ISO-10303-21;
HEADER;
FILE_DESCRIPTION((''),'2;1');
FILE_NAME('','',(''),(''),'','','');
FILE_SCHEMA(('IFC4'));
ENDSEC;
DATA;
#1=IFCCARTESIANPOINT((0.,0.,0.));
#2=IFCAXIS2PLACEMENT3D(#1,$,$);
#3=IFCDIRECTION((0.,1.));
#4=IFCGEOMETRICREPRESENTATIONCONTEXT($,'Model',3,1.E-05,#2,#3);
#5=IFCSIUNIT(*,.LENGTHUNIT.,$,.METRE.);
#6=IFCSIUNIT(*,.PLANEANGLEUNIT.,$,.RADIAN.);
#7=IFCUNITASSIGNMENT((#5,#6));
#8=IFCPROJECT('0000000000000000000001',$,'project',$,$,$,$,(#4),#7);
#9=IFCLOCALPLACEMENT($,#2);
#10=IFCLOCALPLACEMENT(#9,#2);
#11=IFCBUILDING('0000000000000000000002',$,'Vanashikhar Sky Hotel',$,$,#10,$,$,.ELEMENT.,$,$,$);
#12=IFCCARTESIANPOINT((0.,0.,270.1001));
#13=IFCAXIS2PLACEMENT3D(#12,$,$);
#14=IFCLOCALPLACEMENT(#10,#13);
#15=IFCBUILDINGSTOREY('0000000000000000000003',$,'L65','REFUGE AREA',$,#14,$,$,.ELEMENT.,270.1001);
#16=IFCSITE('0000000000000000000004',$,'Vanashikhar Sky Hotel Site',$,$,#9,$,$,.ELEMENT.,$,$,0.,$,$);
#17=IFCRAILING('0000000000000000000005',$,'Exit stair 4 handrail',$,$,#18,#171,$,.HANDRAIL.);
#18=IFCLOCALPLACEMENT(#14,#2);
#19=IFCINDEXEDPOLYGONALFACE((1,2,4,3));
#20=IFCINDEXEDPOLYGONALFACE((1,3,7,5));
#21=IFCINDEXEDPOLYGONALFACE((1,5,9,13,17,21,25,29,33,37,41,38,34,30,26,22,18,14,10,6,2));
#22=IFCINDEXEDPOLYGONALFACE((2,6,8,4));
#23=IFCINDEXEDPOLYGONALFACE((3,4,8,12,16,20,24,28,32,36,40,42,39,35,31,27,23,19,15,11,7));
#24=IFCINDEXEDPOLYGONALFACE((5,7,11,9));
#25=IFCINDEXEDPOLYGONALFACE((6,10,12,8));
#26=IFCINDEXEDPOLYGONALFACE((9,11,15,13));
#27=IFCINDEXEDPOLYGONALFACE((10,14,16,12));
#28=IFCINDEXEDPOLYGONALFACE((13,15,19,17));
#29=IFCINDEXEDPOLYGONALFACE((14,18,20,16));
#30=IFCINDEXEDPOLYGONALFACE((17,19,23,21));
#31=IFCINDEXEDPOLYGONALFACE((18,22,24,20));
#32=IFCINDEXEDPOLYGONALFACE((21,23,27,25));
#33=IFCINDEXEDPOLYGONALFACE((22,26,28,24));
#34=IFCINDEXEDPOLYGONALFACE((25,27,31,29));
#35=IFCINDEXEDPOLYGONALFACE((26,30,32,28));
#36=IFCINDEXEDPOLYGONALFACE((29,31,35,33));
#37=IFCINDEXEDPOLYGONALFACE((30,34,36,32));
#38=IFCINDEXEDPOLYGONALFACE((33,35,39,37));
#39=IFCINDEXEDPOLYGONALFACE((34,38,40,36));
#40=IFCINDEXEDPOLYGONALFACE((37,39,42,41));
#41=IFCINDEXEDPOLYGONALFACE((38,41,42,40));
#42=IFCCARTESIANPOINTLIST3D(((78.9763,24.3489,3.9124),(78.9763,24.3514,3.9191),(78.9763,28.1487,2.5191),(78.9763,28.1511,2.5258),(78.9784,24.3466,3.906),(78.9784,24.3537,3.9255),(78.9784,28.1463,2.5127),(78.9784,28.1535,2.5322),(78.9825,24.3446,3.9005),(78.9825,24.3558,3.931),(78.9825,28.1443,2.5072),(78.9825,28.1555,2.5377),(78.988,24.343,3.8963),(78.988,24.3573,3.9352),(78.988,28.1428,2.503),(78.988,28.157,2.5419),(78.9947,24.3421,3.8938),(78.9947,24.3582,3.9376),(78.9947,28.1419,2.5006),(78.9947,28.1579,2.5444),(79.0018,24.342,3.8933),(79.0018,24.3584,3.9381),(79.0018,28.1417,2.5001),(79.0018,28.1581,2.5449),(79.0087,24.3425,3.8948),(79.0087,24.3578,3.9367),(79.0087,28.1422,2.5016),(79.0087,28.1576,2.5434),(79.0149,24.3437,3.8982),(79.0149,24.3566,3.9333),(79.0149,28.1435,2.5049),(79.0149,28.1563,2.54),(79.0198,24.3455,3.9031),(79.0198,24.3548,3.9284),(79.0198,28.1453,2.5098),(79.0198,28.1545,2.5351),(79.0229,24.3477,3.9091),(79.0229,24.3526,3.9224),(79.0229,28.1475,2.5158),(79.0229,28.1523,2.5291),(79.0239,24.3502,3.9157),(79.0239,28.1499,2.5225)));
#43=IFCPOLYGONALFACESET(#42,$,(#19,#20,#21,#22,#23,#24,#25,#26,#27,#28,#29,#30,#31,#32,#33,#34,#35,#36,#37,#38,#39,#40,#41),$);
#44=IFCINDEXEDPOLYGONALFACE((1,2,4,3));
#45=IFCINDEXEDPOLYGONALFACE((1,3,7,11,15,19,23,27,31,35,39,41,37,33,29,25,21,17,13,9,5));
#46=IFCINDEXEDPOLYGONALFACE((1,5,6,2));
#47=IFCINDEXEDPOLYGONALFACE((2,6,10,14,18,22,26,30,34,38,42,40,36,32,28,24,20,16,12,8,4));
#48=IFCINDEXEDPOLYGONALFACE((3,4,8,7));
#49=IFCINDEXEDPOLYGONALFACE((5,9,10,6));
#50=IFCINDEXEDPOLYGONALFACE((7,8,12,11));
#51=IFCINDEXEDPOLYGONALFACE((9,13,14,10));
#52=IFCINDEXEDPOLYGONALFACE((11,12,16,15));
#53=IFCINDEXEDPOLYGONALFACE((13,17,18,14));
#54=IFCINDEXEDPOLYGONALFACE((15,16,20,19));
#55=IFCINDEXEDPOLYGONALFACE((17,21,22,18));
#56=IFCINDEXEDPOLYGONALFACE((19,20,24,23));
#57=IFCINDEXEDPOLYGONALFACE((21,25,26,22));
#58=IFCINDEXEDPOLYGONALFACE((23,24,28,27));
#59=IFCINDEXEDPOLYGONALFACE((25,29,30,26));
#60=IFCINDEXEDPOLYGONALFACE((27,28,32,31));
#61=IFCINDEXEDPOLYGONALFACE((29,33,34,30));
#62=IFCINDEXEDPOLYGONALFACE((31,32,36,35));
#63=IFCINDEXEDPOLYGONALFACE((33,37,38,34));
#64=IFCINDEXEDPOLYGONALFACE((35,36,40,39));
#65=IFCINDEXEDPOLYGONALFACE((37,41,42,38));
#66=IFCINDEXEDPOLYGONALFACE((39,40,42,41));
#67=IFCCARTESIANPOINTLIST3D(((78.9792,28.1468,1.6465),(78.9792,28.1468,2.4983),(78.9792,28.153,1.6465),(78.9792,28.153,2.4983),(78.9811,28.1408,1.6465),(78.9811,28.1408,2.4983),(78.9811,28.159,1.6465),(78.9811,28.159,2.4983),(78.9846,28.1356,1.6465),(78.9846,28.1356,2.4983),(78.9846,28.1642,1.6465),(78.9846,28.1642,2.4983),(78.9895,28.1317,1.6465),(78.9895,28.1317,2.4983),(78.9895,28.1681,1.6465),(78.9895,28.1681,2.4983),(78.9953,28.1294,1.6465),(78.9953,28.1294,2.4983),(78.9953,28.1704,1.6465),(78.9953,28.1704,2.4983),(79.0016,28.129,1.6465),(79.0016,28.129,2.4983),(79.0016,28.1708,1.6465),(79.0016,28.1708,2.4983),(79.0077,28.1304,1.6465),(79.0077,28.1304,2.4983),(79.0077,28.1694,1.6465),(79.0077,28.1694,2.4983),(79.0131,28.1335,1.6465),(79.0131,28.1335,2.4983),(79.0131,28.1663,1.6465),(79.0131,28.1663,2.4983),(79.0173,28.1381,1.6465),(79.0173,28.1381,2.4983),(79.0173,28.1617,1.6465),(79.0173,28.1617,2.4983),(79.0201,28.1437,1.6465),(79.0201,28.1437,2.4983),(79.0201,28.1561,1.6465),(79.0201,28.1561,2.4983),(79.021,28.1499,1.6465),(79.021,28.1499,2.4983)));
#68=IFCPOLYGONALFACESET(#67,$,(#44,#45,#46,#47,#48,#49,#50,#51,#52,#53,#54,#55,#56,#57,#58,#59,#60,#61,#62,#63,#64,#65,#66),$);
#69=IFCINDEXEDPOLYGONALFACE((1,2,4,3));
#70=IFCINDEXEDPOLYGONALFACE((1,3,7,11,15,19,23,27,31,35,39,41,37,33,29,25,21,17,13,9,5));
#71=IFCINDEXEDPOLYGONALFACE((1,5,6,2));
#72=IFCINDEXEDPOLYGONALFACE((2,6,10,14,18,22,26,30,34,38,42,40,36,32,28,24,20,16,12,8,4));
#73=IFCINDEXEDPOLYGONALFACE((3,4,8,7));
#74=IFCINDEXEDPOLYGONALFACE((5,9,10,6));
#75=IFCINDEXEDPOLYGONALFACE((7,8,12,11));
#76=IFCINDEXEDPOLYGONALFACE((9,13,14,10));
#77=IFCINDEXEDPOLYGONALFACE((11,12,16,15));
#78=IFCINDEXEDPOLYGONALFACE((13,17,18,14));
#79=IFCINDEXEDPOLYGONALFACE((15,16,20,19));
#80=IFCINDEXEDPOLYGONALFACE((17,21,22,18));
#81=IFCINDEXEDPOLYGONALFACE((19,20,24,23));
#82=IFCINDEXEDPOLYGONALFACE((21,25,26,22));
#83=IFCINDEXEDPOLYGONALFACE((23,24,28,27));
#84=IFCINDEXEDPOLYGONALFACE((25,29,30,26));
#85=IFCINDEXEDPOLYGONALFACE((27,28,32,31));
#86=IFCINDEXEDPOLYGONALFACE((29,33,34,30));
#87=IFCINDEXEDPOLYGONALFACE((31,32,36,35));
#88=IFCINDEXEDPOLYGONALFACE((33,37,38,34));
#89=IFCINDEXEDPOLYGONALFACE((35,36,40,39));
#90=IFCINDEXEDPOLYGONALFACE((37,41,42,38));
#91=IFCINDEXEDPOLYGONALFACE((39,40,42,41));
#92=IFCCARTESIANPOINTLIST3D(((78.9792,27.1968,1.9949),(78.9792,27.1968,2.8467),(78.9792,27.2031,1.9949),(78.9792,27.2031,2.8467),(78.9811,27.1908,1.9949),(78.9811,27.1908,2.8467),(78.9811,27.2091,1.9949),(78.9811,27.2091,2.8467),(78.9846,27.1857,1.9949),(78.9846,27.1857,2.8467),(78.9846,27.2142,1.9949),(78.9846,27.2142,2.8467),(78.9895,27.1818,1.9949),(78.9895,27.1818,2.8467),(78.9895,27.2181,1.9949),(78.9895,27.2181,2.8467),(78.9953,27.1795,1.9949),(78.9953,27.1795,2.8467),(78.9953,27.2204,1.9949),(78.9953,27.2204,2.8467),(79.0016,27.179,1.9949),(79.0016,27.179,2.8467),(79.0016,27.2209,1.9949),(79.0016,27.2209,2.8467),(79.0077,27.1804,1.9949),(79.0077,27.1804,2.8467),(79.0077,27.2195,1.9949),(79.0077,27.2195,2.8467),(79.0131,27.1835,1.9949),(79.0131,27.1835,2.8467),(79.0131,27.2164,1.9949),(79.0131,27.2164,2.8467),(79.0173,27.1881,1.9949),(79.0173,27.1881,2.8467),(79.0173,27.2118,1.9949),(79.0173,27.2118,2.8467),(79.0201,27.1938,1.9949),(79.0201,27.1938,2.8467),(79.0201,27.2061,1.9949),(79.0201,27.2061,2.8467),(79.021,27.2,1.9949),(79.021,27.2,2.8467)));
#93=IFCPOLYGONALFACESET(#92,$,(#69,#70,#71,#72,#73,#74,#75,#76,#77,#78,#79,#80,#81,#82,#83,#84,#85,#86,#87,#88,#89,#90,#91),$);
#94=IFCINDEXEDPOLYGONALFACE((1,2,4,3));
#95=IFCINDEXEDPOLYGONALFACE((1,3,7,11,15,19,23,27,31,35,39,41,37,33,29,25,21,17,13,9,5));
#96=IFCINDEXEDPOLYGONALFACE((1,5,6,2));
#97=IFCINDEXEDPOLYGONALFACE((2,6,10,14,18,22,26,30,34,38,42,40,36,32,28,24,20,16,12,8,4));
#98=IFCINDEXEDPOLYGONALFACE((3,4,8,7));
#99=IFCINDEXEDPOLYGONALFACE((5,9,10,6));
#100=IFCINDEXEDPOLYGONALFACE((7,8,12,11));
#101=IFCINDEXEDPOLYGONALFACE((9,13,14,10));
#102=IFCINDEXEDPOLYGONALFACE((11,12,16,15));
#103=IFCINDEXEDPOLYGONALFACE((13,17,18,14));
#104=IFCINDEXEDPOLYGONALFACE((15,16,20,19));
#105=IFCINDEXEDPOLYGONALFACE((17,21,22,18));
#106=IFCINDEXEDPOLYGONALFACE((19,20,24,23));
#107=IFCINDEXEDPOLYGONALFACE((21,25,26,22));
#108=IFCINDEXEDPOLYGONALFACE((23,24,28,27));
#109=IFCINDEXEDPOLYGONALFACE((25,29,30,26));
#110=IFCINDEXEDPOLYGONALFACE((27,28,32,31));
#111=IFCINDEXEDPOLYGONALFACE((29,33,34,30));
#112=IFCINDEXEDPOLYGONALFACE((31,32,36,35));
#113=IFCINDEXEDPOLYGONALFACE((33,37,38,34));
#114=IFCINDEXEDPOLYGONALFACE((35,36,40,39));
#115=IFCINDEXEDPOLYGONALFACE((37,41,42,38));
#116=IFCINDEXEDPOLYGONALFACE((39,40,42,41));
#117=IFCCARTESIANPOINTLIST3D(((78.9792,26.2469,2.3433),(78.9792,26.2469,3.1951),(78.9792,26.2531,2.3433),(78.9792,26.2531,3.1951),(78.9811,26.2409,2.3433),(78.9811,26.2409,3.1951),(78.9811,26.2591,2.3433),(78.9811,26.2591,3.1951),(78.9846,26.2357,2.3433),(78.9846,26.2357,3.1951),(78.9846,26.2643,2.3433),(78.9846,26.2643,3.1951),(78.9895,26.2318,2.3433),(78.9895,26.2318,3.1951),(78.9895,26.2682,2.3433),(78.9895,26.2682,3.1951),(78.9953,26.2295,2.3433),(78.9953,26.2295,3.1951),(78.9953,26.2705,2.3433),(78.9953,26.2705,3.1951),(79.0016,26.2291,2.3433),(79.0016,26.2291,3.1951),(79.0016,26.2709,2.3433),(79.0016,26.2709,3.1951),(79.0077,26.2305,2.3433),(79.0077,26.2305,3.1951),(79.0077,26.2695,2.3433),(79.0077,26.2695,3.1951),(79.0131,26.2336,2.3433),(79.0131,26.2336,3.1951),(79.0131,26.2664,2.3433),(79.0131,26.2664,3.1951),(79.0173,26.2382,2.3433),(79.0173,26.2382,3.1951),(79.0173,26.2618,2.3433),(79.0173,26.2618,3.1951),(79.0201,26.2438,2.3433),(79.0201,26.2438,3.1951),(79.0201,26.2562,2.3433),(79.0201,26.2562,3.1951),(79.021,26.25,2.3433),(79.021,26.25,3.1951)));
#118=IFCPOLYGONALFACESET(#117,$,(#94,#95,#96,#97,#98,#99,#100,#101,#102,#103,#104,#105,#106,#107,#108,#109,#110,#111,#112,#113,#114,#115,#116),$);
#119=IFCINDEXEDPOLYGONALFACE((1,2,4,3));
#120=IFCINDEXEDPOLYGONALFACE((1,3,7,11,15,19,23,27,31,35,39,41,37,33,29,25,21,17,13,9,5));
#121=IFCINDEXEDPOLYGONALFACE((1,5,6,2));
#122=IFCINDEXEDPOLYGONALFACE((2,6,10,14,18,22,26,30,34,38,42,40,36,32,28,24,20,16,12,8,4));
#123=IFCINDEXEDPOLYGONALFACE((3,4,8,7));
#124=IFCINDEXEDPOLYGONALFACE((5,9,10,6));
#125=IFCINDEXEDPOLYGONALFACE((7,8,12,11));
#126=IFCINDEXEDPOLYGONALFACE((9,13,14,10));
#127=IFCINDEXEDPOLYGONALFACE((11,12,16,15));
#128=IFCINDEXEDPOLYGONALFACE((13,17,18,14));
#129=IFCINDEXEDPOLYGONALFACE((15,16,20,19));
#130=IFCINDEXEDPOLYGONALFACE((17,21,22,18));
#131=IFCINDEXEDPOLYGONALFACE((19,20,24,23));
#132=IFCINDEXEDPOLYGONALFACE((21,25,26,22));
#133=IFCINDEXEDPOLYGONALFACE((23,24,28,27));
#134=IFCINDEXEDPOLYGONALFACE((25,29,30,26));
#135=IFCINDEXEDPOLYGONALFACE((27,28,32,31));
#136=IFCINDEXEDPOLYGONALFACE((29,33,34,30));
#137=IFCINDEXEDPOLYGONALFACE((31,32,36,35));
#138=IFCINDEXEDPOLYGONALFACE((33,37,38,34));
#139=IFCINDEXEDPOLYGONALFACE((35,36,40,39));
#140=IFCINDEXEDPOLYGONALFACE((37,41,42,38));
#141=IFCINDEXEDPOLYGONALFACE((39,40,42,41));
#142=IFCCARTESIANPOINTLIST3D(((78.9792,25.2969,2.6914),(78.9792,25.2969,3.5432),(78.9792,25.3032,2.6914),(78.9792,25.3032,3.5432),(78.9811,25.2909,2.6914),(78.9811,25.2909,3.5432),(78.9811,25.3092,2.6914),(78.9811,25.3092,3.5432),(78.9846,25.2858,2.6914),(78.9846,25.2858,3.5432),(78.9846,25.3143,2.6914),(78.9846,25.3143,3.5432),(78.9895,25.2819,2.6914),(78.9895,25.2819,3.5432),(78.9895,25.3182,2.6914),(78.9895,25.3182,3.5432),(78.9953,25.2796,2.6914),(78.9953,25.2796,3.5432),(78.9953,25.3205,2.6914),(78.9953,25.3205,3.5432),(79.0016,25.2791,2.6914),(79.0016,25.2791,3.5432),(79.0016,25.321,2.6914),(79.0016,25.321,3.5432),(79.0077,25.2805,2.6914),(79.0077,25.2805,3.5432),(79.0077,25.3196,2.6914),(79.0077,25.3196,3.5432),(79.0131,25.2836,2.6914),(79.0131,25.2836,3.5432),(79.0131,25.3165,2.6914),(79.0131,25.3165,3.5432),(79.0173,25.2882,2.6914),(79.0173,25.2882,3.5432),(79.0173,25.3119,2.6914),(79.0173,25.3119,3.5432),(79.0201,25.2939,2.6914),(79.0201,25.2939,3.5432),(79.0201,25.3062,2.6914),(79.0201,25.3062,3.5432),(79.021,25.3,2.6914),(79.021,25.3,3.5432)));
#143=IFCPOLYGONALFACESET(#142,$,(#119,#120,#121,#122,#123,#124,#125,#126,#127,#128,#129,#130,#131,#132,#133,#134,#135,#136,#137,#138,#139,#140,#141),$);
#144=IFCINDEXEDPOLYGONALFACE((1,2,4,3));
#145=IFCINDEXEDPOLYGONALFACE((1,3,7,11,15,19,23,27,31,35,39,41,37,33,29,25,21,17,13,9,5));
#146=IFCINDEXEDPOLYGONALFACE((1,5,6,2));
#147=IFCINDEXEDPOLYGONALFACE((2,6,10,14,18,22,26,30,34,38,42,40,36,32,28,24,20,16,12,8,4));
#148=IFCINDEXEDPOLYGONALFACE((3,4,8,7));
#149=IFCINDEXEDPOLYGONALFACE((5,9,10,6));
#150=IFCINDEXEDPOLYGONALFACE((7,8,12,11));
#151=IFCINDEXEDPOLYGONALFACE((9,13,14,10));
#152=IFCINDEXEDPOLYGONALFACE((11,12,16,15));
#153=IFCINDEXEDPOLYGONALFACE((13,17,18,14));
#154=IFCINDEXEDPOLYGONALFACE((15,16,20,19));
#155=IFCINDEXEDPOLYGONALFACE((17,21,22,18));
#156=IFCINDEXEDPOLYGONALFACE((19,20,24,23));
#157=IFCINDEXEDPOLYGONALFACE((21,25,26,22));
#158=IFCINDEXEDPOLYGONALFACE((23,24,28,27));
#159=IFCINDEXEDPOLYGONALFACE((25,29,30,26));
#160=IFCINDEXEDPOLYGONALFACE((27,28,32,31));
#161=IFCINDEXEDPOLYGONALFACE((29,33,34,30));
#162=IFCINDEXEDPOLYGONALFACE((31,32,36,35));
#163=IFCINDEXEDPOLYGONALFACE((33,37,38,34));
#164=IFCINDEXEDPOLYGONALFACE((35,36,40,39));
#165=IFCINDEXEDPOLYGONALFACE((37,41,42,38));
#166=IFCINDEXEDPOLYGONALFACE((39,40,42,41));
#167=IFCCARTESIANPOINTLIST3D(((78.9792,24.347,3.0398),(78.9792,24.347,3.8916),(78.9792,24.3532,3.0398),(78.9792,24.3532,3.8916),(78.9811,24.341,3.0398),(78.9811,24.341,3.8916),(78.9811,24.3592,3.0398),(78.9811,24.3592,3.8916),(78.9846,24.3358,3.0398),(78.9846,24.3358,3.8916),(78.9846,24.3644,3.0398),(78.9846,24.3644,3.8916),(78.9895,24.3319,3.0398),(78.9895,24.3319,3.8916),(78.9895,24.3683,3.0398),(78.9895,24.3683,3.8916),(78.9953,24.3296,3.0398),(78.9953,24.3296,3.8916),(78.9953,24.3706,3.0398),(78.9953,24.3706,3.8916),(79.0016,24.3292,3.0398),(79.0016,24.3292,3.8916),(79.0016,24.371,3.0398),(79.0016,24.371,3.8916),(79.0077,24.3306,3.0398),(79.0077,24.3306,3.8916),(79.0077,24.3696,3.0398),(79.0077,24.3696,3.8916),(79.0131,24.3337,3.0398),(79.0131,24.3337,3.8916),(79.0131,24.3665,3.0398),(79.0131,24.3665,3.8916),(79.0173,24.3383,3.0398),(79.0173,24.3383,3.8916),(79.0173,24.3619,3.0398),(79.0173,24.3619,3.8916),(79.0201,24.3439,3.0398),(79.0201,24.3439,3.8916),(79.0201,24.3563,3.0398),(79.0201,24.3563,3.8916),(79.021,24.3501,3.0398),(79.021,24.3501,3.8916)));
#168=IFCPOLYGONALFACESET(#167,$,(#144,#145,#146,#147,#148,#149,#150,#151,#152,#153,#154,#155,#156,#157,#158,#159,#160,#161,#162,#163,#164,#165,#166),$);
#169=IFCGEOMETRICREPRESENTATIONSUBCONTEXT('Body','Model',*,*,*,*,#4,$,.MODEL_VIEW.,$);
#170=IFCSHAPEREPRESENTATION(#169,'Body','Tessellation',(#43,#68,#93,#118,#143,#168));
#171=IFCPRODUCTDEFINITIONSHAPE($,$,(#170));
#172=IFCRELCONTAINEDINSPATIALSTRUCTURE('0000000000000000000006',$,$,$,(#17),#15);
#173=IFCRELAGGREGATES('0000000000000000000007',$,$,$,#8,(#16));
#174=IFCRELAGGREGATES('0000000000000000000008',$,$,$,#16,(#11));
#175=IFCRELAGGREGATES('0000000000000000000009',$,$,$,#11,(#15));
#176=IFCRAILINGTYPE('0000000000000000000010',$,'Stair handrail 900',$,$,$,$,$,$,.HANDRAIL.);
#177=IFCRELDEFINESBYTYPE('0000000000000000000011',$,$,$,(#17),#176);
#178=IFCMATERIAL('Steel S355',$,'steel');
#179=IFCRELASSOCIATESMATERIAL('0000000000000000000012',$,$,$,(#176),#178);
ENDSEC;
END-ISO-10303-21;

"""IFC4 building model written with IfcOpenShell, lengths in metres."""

from ifc_helpers import new_model, si_unit, direction, frame, origin, origin_2d, place, context, subcontext, project, spatial, circle, extrude, source, transform, mapped, material, type_object, element, save


model = new_model("IFC4")

# Units and contexts
model_context = context("Model", 3, precision=1e-05, world=origin(), true_north=direction((0.0, 1.0)))
body_context = subcontext(model_context, "Body", "Model", "MODEL_VIEW")
ifc_project = project(units=[si_unit("LENGTHUNIT", "METRE"), si_unit("PLANEANGLEUNIT", "RADIAN")], contexts=[model_context])

# Site, building, storey
site_placement = place(None, origin())
site = spatial("IfcSite", under=ifc_project, at=site_placement, Name="Vanashikhar Sky Hotel Site", CompositionType="ELEMENT", RefElevation=0.0)
building_placement = place(site_placement, origin())
building = spatial("IfcBuilding", under=site, at=building_placement, Name="Vanashikhar Sky Hotel", CompositionType="ELEMENT")
storey_placement = place(building_placement, frame((0.0, 0.0, 270.1001)))
storey = spatial("IfcBuildingStorey", under=building, at=storey_placement, Name="L65", Description="REFUGE AREA", CompositionType="ELEMENT", Elevation=270.1001)

# Railing
ifc_material_1 = material(Name="Steel S355", Category="steel")
railing_type_1 = type_object("IfcRailingType", Name="Stair handrail 900", PredefinedType="HANDRAIL", material=ifc_material_1)
shared_shape_1 = source(origin(), body_context, "Body", "SweptSolid", [
    extrude(circle(Radius=0.0239, at=origin_2d()), frame((0.0, 0.0, 0.876), z_axis=(0.0, -0.938872, 0.344265), x_axis=(1.0, 0.0, 0.0)), (0.0, 0.0, 1.0), 4.0471),
    extrude(circle(Radius=0.021, at=origin_2d()), origin(), (0.0, 0.0, 1.0), 0.8518),
    extrude(circle(Radius=0.021, at=origin_2d()), frame((0.0, -0.95, 0.3484)), (0.0, 0.0, 1.0), 0.8518),
    extrude(circle(Radius=0.021, at=origin_2d()), frame((0.0, -1.8999, 0.6968)), (0.0, 0.0, 1.0), 0.8518),
    extrude(circle(Radius=0.021, at=origin_2d()), frame((0.0, -2.8499, 1.0449)), (0.0, 0.0, 1.0), 0.8518),
    extrude(circle(Radius=0.021, at=origin_2d()), frame((0.0, -3.7998, 1.3933)), (0.0, 0.0, 1.0), 0.8518),
])
for number, where, name in (
    (1, (79.0, 28.1499, 1.6465), "Exit stair 4 handrail"),
):
    element("IfcRailing", number, at=place(storey_placement, frame(where)), inside=storey, type_object=railing_type_1, Name=name, PredefinedType="HANDRAIL", context=body_context, shape_type="MappedRepresentation", body=[
        mapped(shared_shape_1, transform((0.0, 0.0, 0.0), scale=1.0)),
    ])

save(model, "model.ifc")
